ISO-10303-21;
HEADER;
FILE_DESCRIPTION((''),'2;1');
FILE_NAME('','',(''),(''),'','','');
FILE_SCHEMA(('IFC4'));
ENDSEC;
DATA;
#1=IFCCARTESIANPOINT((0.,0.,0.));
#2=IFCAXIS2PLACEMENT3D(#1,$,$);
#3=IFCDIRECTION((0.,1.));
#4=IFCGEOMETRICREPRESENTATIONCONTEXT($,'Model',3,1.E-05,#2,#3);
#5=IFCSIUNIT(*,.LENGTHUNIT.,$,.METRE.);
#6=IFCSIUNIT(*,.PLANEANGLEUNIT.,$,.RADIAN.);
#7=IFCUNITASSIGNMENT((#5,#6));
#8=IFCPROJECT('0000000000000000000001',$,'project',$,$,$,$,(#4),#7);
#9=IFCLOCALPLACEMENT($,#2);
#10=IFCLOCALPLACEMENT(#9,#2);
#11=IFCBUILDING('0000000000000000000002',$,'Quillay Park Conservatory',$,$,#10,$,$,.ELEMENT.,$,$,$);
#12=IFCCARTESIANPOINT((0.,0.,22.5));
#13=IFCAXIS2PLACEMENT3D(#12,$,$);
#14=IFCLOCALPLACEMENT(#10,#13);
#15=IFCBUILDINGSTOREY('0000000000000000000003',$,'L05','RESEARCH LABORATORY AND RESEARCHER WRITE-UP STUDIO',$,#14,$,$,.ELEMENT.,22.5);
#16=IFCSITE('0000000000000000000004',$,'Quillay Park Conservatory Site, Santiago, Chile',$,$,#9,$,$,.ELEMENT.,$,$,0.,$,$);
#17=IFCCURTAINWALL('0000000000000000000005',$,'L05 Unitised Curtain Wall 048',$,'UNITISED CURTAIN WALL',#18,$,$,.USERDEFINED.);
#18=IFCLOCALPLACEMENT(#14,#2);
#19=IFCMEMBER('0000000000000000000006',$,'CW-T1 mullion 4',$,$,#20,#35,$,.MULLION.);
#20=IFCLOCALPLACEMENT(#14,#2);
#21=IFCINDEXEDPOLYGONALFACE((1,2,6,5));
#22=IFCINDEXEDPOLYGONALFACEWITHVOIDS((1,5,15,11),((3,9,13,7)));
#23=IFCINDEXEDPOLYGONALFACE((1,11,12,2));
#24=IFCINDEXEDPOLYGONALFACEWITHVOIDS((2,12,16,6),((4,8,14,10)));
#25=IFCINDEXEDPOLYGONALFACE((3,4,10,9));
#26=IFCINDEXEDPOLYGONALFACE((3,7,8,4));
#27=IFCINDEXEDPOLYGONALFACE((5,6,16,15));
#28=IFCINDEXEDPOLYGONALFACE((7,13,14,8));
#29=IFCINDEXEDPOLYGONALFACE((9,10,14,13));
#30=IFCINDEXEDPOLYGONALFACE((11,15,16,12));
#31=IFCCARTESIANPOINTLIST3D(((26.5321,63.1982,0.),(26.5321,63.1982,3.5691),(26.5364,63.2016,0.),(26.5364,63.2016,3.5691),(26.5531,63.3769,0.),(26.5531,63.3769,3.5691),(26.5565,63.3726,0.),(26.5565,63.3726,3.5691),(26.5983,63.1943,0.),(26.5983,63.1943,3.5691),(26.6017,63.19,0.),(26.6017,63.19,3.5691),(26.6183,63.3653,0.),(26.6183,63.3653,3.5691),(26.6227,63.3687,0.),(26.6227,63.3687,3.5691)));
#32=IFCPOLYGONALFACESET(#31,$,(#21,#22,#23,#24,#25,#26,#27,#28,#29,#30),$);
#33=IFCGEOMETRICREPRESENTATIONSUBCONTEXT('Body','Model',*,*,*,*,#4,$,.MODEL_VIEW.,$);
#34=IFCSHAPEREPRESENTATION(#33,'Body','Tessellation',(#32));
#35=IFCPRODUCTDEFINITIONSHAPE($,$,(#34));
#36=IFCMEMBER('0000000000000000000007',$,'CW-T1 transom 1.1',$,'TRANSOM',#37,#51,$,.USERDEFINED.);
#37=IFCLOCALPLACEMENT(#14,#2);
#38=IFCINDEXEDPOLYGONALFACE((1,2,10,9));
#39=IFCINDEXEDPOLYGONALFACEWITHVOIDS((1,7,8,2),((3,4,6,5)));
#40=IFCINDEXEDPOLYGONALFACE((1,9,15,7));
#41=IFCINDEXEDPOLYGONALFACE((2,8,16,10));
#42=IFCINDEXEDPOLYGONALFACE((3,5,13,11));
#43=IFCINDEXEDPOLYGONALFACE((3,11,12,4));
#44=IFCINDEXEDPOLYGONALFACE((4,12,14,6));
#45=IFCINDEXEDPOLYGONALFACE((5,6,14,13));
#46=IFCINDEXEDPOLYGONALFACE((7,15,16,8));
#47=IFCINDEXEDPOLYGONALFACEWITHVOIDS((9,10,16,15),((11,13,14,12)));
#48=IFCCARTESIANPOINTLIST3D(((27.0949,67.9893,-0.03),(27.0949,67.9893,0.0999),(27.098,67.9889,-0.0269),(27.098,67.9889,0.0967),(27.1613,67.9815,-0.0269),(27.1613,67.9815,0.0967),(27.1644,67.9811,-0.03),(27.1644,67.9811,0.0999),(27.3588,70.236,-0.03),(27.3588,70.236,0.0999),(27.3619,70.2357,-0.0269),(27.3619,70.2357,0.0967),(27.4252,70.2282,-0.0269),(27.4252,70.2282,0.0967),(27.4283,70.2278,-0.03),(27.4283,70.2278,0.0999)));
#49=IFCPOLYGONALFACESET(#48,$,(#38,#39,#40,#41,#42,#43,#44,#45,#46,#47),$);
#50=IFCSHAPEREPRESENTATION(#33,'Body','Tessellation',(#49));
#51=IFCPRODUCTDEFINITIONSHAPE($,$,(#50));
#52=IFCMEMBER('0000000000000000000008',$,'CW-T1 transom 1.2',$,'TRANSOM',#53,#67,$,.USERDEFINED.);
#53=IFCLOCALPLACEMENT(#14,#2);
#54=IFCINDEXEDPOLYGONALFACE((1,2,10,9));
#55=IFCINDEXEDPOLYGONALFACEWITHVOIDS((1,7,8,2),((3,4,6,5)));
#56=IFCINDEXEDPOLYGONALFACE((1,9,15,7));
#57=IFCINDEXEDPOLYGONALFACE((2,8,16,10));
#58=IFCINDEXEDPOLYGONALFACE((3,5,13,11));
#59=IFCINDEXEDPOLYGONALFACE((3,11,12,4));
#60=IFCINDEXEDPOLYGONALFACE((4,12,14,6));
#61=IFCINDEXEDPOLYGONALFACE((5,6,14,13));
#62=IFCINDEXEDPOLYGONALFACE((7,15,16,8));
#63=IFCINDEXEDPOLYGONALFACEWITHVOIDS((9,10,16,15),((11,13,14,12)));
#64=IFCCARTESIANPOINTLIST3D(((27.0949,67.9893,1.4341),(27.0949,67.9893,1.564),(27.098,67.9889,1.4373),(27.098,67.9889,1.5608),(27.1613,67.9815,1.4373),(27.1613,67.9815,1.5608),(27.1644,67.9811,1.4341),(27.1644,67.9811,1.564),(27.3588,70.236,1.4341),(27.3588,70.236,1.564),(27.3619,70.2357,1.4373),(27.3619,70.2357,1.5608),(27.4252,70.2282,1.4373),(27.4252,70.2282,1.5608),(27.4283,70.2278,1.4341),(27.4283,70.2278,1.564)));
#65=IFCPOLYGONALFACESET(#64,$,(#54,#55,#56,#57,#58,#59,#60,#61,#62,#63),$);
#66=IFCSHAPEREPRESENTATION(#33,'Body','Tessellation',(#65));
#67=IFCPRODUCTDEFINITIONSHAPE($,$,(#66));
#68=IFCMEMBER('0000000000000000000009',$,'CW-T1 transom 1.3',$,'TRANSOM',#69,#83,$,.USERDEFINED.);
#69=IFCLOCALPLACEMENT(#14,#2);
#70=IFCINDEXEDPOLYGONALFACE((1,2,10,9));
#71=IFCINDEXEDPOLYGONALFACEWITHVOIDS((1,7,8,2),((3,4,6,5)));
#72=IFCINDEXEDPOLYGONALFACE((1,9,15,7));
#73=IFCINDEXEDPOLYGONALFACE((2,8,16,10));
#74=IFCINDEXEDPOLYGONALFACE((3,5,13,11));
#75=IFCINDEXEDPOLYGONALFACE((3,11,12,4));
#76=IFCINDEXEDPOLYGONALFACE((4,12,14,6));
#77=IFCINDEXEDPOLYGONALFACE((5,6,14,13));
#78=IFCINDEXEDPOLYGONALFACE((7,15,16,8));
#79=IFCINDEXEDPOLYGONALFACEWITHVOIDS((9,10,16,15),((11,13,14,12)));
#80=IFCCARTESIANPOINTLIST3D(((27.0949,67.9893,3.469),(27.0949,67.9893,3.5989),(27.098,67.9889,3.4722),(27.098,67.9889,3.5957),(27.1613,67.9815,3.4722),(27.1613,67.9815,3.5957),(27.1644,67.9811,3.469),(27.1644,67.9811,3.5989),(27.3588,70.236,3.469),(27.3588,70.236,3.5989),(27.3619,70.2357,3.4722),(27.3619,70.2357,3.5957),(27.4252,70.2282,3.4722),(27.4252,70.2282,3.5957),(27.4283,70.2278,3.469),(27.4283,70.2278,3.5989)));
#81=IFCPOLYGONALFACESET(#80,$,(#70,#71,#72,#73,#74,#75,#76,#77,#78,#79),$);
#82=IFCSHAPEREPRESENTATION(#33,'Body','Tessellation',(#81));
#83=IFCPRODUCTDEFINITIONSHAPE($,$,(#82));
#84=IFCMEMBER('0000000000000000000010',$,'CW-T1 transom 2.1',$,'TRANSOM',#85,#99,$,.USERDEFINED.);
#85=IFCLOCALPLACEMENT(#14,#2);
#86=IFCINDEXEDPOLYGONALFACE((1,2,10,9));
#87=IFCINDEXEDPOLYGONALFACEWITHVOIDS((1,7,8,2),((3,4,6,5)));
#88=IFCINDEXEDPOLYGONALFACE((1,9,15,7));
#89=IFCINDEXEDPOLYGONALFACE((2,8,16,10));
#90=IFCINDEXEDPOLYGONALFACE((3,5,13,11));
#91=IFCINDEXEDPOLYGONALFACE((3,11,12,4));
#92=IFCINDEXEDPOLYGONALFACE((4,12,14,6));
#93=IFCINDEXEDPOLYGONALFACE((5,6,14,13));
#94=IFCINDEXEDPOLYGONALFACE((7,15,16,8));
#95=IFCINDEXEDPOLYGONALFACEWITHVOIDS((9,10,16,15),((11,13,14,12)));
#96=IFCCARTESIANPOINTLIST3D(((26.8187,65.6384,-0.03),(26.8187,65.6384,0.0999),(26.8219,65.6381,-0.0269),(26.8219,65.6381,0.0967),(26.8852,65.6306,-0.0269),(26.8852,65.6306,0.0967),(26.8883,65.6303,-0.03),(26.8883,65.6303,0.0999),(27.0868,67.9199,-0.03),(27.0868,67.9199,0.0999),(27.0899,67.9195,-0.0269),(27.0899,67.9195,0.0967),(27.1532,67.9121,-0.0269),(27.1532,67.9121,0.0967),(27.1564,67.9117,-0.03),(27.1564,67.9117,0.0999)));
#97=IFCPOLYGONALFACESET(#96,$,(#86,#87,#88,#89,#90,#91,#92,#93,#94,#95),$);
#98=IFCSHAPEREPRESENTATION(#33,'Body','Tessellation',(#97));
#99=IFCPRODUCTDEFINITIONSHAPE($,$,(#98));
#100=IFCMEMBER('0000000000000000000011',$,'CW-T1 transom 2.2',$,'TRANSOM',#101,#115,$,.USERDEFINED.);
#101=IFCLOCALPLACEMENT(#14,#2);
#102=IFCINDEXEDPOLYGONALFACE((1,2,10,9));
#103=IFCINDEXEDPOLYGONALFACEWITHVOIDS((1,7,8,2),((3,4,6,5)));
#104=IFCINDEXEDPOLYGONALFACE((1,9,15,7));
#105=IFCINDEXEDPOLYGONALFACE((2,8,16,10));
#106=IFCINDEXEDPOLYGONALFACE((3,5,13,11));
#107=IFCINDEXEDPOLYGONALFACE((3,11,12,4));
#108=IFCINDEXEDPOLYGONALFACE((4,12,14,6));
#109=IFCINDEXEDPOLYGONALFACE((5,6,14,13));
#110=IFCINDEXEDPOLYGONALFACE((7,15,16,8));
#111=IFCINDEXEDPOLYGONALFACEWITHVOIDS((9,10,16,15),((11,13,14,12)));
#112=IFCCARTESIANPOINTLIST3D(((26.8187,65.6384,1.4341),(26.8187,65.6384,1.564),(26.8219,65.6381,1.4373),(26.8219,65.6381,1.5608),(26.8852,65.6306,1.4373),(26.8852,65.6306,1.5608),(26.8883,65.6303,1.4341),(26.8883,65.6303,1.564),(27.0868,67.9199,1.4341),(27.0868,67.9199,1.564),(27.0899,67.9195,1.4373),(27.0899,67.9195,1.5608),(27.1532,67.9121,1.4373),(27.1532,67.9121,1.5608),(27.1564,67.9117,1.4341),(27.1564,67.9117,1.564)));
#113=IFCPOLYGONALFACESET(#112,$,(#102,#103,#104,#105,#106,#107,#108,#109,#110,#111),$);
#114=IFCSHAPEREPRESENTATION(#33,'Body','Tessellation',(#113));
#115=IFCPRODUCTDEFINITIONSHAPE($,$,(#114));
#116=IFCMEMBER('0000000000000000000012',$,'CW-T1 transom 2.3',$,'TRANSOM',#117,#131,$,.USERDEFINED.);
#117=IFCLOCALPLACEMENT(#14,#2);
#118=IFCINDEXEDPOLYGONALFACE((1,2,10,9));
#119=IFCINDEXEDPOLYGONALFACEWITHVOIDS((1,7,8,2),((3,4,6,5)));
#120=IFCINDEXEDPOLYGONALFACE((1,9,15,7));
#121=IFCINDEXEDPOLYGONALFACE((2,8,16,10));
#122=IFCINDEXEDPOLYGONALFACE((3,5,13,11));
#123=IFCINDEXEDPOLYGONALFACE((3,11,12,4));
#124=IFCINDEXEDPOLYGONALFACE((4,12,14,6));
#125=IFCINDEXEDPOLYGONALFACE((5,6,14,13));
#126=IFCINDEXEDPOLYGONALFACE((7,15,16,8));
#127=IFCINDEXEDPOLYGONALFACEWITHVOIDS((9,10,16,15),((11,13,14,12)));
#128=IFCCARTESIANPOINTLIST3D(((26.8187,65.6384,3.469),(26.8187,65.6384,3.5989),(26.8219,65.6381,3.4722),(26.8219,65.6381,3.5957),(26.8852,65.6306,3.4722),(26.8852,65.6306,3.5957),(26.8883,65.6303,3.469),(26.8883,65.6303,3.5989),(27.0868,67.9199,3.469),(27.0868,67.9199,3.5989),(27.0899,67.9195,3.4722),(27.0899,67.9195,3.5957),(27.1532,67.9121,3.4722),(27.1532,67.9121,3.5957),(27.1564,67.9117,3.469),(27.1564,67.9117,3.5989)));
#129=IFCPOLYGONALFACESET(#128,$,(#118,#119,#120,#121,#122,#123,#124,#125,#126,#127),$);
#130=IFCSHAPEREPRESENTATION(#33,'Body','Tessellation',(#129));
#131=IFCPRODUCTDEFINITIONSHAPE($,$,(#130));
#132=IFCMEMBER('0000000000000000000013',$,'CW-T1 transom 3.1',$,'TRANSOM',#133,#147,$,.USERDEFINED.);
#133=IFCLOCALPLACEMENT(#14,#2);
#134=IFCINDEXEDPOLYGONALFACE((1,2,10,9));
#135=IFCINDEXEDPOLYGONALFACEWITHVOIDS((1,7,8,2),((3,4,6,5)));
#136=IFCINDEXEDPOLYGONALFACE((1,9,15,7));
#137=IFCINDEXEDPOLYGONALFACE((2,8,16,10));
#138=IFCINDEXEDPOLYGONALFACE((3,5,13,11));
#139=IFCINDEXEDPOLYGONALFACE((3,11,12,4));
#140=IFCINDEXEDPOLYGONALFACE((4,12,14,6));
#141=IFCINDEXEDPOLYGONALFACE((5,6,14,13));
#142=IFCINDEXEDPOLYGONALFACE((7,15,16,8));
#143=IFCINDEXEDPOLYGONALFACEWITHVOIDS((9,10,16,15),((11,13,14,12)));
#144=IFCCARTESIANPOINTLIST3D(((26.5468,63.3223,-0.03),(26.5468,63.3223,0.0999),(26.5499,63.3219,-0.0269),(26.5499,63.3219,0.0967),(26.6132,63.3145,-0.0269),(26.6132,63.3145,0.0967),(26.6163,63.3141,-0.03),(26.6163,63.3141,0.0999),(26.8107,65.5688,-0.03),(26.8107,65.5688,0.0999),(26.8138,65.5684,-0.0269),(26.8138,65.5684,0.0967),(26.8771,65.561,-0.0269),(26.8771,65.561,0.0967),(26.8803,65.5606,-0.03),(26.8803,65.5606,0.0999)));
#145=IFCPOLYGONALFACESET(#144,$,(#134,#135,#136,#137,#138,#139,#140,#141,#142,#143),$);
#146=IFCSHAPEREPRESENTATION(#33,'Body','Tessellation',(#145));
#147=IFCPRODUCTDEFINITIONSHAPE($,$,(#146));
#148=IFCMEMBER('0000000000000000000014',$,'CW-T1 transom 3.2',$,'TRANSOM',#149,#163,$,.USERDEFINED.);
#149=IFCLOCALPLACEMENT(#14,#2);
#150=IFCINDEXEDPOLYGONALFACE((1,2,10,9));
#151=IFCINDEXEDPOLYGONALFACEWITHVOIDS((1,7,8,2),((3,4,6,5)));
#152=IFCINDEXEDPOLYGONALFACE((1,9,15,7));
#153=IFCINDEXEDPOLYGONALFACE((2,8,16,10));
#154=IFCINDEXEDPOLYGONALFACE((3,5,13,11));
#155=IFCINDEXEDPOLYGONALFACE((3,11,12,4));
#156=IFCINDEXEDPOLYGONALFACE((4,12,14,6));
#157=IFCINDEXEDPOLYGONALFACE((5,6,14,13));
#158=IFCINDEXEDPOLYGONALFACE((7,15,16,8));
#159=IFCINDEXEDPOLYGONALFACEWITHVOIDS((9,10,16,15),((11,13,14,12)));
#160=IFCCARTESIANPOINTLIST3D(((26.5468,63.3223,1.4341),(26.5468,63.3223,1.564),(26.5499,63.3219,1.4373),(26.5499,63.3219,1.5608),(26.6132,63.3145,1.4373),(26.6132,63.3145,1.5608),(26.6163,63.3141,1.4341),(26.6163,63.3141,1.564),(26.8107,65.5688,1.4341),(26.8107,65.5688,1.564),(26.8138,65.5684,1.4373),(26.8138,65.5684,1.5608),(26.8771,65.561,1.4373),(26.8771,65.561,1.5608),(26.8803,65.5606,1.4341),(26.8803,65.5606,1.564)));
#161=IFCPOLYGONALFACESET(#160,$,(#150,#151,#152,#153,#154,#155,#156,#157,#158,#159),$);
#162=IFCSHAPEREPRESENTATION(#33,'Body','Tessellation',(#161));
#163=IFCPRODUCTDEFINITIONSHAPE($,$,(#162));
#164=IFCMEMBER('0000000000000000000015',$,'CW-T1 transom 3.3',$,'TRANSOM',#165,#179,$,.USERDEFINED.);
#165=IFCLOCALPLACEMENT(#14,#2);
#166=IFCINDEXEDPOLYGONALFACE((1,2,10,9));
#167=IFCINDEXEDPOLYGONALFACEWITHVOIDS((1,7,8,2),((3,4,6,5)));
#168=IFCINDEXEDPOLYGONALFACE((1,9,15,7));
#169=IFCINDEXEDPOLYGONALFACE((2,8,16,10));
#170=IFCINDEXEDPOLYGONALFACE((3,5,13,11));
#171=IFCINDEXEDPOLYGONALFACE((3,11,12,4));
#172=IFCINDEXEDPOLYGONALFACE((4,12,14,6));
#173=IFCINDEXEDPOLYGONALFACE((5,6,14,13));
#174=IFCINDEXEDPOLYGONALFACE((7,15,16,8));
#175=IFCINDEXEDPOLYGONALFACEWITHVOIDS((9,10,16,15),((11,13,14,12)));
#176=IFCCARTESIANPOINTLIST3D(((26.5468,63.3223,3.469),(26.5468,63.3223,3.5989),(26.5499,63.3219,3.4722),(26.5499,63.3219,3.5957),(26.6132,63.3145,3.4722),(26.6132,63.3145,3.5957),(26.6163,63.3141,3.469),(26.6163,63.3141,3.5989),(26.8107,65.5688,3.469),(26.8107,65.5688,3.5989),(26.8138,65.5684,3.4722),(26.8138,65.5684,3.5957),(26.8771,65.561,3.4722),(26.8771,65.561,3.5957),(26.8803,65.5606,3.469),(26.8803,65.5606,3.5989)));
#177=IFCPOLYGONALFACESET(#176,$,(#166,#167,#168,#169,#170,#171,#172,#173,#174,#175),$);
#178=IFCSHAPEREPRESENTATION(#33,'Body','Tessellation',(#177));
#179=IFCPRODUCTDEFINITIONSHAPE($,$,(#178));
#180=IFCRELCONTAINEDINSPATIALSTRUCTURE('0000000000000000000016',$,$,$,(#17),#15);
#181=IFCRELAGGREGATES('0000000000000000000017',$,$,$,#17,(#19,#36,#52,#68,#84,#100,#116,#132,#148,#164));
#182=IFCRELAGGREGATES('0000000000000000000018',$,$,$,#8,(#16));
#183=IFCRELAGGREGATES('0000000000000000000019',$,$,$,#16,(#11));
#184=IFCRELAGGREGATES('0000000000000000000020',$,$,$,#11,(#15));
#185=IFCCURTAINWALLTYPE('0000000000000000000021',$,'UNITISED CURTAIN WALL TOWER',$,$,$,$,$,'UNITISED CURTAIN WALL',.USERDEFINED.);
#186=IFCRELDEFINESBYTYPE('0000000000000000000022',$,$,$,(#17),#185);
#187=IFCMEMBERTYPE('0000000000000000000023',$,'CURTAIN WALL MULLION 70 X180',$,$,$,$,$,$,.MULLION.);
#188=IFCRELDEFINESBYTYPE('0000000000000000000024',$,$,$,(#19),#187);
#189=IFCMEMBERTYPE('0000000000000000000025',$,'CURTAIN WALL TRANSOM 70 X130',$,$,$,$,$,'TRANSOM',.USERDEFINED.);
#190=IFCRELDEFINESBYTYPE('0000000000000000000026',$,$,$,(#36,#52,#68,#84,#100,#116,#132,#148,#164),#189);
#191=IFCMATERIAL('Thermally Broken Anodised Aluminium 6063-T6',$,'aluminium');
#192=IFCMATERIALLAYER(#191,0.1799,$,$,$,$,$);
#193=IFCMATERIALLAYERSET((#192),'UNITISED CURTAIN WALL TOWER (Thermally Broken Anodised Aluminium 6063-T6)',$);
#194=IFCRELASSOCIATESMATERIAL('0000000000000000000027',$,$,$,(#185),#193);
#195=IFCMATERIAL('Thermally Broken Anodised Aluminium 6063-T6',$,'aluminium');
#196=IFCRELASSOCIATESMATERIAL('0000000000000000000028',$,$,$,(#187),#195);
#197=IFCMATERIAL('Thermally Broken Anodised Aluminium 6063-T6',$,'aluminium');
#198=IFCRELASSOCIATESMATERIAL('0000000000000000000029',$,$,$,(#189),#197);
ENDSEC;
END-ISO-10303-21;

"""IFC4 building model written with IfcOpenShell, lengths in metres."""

from ifc_helpers import new_model, si_unit, direction, frame, origin, origin_2d, place, context, subcontext, project, spatial, hollow_rectangle, extrude, material, layer, layer_set, material_profile, profile_set, type_object, element, aggregate, save


model = new_model("IFC4")

# Units and contexts
model_context = context("Model", 3, precision=1e-05, world=origin(), true_north=direction((0.0, 1.0)))
body_context = subcontext(model_context, "Body", "Model", "MODEL_VIEW")
ifc_project = project(units=[si_unit("LENGTHUNIT", "METRE"), si_unit("PLANEANGLEUNIT", "RADIAN")], contexts=[model_context])

# Site, building, storey
site_placement = place(None, origin())
site = spatial("IfcSite", under=ifc_project, at=site_placement, Name="Quillay Park Conservatory Site, Santiago, Chile", CompositionType="ELEMENT", RefElevation=0.0)
building_placement = place(site_placement, origin())
building = spatial("IfcBuilding", under=site, at=building_placement, Name="Quillay Park Conservatory", CompositionType="ELEMENT")
storey_placement = place(building_placement, frame((0.0, 0.0, 22.5)))
storey = spatial("IfcBuildingStorey", under=building, at=storey_placement, Name="L05", Description="RESEARCH LABORATORY AND RESEARCHER WRITE-UP STUDIO", CompositionType="ELEMENT", Elevation=22.5)

# Curtain wall, members
ifc_material_1 = material(Name="Thermally Broken Anodised Aluminium 6063-T6", Category="aluminium")
ifc_layer_1 = layer(ifc_material_1, 0.1799)
ifc_layer_set_1 = layer_set([ifc_layer_1], Name="UNITISED CURTAIN WALL TOWER (Thermally Broken Anodised Aluminium 6063-T6)")
curtain_wall_type = type_object("IfcCurtainWallType", Name="UNITISED CURTAIN WALL TOWER", ElementType="UNITISED CURTAIN WALL", PredefinedType="USERDEFINED", material=ifc_layer_set_1)
curtain_wall_placement = place(storey_placement, origin())
curtain_wall = element("IfcCurtainWall", 1, at=curtain_wall_placement, inside=storey, type_object=curtain_wall_type, Name="L05 Unitised Curtain Wall 048", ObjectType="UNITISED CURTAIN WALL", PredefinedType="USERDEFINED")
ifc_material_2 = material(Name="Thermally Broken Anodised Aluminium 6063-T6", Category="aluminium")
ifc_material_profile_1 = material_profile(ifc_material_2, hollow_rectangle(XDim=0.0701, YDim=0.1799, WallThickness=0.0039, at=origin_2d()), Name="AL70x180x4")
ifc_profile_set_1 = profile_set([ifc_material_profile_1], Name="Thermally Broken Anodised Aluminium 6063-T6")
member_type_1 = type_object("IfcMemberType", Name="CURTAIN WALL MULLION 70 X180", PredefinedType="MULLION", material=ifc_profile_set_1)
member_1_placement = place(storey_placement, frame((26.5774, 63.2834, 0.0), z_axis=(0.0, 0.0, 1.0), x_axis=(0.993173, -0.116655, 0.0)))
member_1 = element("IfcMember", 2, at=member_1_placement, type_object=member_type_1, Name="CW-T1 mullion 4", PredefinedType="MULLION", context=body_context, shape_type="SweptSolid", body=[
    extrude(hollow_rectangle(XDim=0.0701, YDim=0.1799, WallThickness=0.0039, at=origin_2d()), origin(), (0.0, 0.0, 1.0), 3.5691),
])
ifc_material_3 = material(Name="Thermally Broken Anodised Aluminium 6063-T6", Category="aluminium")
ifc_material_profile_2 = material_profile(ifc_material_3, hollow_rectangle(XDim=0.0701, YDim=0.1299, WallThickness=0.0032, at=origin_2d()), Name="AL70x130x3.2")
ifc_profile_set_2 = profile_set([ifc_material_profile_2], Name="Thermally Broken Anodised Aluminium 6063-T6")
member_type_2 = type_object("IfcMemberType", Name="CURTAIN WALL TRANSOM 70 X130", ElementType="TRANSOM", PredefinedType="USERDEFINED", material=ifc_profile_set_2)
member_2_placement = place(storey_placement, frame((27.3936, 70.2319, 0.0349), z_axis=(-0.11666, -0.993172, 0.0), x_axis=(0.993172, -0.11666, 0.0)))
member_2 = element("IfcMember", 3, at=member_2_placement, type_object=member_type_2, Name="CW-T1 transom 1.1", ObjectType="TRANSOM", PredefinedType="USERDEFINED", context=body_context, shape_type="SweptSolid", body=[
    extrude(hollow_rectangle(XDim=0.0701, YDim=0.1299, WallThickness=0.0032, at=origin_2d()), origin(), (0.0, 0.0, 1.0), 2.2622),
])
member_3_placement = place(storey_placement, frame((27.3936, 70.2319, 1.499), z_axis=(-0.11666, -0.993172, 0.0), x_axis=(0.993172, -0.11666, 0.0)))
member_3 = element("IfcMember", 4, at=member_3_placement, type_object=member_type_2, Name="CW-T1 transom 1.2", ObjectType="TRANSOM", PredefinedType="USERDEFINED", context=body_context, shape_type="SweptSolid", body=[
    extrude(hollow_rectangle(XDim=0.0701, YDim=0.1299, WallThickness=0.0032, at=origin_2d()), origin(), (0.0, 0.0, 1.0), 2.2622),
])
member_4_placement = place(storey_placement, frame((27.3936, 70.2319, 3.5339), z_axis=(-0.11666, -0.993172, 0.0), x_axis=(0.993172, -0.11666, 0.0)))
member_4 = element("IfcMember", 5, at=member_4_placement, type_object=member_type_2, Name="CW-T1 transom 1.3", ObjectType="TRANSOM", PredefinedType="USERDEFINED", context=body_context, shape_type="SweptSolid", body=[
    extrude(hollow_rectangle(XDim=0.0701, YDim=0.1299, WallThickness=0.0032, at=origin_2d()), origin(), (0.0, 0.0, 1.0), 2.2622),
])
member_5_placement = place(storey_placement, frame((27.1216, 67.9158, 0.0349), z_axis=(-0.116693, -0.993168, 0.0), x_axis=(0.993168, -0.116693, 0.0)))
member_5 = element("IfcMember", 6, at=member_5_placement, type_object=member_type_2, Name="CW-T1 transom 2.1", ObjectType="TRANSOM", PredefinedType="USERDEFINED", context=body_context, shape_type="SweptSolid", body=[
    extrude(hollow_rectangle(XDim=0.0701, YDim=0.1299, WallThickness=0.0032, at=origin_2d()), origin(), (0.0, 0.0, 1.0), 2.2971),
])
member_6_placement = place(storey_placement, frame((27.1216, 67.9158, 1.499), z_axis=(-0.116693, -0.993168, 0.0), x_axis=(0.993168, -0.116693, 0.0)))
member_6 = element("IfcMember", 7, at=member_6_placement, type_object=member_type_2, Name="CW-T1 transom 2.2", ObjectType="TRANSOM", PredefinedType="USERDEFINED", context=body_context, shape_type="SweptSolid", body=[
    extrude(hollow_rectangle(XDim=0.0701, YDim=0.1299, WallThickness=0.0032, at=origin_2d()), origin(), (0.0, 0.0, 1.0), 2.2971),
])
member_7_placement = place(storey_placement, frame((27.1216, 67.9158, 3.5339), z_axis=(-0.116693, -0.993168, 0.0), x_axis=(0.993168, -0.116693, 0.0)))
member_7 = element("IfcMember", 8, at=member_7_placement, type_object=member_type_2, Name="CW-T1 transom 2.3", ObjectType="TRANSOM", PredefinedType="USERDEFINED", context=body_context, shape_type="SweptSolid", body=[
    extrude(hollow_rectangle(XDim=0.0701, YDim=0.1299, WallThickness=0.0032, at=origin_2d()), origin(), (0.0, 0.0, 1.0), 2.2971),
])
member_8_placement = place(storey_placement, frame((26.8455, 65.5647, 0.0349), z_axis=(-0.116672, -0.99317, 0.0), x_axis=(0.99317, -0.116672, 0.0)))
member_8 = element("IfcMember", 9, at=member_8_placement, type_object=member_type_2, Name="CW-T1 transom 3.1", ObjectType="TRANSOM", PredefinedType="USERDEFINED", context=body_context, shape_type="SweptSolid", body=[
    extrude(hollow_rectangle(XDim=0.0701, YDim=0.1299, WallThickness=0.0032, at=origin_2d()), origin(), (0.0, 0.0, 1.0), 2.262),
])
member_9_placement = place(storey_placement, frame((26.8455, 65.5647, 1.499), z_axis=(-0.116672, -0.99317, 0.0), x_axis=(0.99317, -0.116672, 0.0)))
member_9 = element("IfcMember", 10, at=member_9_placement, type_object=member_type_2, Name="CW-T1 transom 3.2", ObjectType="TRANSOM", PredefinedType="USERDEFINED", context=body_context, shape_type="SweptSolid", body=[
    extrude(hollow_rectangle(XDim=0.0701, YDim=0.1299, WallThickness=0.0032, at=origin_2d()), origin(), (0.0, 0.0, 1.0), 2.262),
])
member_10_placement = place(storey_placement, frame((26.8455, 65.5647, 3.5339), z_axis=(-0.116672, -0.99317, 0.0), x_axis=(0.99317, -0.116672, 0.0)))
member_10 = element("IfcMember", 11, at=member_10_placement, type_object=member_type_2, Name="CW-T1 transom 3.3", ObjectType="TRANSOM", PredefinedType="USERDEFINED", context=body_context, shape_type="SweptSolid", body=[
    extrude(hollow_rectangle(XDim=0.0701, YDim=0.1299, WallThickness=0.0032, at=origin_2d()), origin(), (0.0, 0.0, 1.0), 2.262),
])

aggregate(curtain_wall, [member_1, member_2, member_3, member_4, member_5, member_6, member_7, member_8, member_9, member_10])

save(model, "model.ifc")
